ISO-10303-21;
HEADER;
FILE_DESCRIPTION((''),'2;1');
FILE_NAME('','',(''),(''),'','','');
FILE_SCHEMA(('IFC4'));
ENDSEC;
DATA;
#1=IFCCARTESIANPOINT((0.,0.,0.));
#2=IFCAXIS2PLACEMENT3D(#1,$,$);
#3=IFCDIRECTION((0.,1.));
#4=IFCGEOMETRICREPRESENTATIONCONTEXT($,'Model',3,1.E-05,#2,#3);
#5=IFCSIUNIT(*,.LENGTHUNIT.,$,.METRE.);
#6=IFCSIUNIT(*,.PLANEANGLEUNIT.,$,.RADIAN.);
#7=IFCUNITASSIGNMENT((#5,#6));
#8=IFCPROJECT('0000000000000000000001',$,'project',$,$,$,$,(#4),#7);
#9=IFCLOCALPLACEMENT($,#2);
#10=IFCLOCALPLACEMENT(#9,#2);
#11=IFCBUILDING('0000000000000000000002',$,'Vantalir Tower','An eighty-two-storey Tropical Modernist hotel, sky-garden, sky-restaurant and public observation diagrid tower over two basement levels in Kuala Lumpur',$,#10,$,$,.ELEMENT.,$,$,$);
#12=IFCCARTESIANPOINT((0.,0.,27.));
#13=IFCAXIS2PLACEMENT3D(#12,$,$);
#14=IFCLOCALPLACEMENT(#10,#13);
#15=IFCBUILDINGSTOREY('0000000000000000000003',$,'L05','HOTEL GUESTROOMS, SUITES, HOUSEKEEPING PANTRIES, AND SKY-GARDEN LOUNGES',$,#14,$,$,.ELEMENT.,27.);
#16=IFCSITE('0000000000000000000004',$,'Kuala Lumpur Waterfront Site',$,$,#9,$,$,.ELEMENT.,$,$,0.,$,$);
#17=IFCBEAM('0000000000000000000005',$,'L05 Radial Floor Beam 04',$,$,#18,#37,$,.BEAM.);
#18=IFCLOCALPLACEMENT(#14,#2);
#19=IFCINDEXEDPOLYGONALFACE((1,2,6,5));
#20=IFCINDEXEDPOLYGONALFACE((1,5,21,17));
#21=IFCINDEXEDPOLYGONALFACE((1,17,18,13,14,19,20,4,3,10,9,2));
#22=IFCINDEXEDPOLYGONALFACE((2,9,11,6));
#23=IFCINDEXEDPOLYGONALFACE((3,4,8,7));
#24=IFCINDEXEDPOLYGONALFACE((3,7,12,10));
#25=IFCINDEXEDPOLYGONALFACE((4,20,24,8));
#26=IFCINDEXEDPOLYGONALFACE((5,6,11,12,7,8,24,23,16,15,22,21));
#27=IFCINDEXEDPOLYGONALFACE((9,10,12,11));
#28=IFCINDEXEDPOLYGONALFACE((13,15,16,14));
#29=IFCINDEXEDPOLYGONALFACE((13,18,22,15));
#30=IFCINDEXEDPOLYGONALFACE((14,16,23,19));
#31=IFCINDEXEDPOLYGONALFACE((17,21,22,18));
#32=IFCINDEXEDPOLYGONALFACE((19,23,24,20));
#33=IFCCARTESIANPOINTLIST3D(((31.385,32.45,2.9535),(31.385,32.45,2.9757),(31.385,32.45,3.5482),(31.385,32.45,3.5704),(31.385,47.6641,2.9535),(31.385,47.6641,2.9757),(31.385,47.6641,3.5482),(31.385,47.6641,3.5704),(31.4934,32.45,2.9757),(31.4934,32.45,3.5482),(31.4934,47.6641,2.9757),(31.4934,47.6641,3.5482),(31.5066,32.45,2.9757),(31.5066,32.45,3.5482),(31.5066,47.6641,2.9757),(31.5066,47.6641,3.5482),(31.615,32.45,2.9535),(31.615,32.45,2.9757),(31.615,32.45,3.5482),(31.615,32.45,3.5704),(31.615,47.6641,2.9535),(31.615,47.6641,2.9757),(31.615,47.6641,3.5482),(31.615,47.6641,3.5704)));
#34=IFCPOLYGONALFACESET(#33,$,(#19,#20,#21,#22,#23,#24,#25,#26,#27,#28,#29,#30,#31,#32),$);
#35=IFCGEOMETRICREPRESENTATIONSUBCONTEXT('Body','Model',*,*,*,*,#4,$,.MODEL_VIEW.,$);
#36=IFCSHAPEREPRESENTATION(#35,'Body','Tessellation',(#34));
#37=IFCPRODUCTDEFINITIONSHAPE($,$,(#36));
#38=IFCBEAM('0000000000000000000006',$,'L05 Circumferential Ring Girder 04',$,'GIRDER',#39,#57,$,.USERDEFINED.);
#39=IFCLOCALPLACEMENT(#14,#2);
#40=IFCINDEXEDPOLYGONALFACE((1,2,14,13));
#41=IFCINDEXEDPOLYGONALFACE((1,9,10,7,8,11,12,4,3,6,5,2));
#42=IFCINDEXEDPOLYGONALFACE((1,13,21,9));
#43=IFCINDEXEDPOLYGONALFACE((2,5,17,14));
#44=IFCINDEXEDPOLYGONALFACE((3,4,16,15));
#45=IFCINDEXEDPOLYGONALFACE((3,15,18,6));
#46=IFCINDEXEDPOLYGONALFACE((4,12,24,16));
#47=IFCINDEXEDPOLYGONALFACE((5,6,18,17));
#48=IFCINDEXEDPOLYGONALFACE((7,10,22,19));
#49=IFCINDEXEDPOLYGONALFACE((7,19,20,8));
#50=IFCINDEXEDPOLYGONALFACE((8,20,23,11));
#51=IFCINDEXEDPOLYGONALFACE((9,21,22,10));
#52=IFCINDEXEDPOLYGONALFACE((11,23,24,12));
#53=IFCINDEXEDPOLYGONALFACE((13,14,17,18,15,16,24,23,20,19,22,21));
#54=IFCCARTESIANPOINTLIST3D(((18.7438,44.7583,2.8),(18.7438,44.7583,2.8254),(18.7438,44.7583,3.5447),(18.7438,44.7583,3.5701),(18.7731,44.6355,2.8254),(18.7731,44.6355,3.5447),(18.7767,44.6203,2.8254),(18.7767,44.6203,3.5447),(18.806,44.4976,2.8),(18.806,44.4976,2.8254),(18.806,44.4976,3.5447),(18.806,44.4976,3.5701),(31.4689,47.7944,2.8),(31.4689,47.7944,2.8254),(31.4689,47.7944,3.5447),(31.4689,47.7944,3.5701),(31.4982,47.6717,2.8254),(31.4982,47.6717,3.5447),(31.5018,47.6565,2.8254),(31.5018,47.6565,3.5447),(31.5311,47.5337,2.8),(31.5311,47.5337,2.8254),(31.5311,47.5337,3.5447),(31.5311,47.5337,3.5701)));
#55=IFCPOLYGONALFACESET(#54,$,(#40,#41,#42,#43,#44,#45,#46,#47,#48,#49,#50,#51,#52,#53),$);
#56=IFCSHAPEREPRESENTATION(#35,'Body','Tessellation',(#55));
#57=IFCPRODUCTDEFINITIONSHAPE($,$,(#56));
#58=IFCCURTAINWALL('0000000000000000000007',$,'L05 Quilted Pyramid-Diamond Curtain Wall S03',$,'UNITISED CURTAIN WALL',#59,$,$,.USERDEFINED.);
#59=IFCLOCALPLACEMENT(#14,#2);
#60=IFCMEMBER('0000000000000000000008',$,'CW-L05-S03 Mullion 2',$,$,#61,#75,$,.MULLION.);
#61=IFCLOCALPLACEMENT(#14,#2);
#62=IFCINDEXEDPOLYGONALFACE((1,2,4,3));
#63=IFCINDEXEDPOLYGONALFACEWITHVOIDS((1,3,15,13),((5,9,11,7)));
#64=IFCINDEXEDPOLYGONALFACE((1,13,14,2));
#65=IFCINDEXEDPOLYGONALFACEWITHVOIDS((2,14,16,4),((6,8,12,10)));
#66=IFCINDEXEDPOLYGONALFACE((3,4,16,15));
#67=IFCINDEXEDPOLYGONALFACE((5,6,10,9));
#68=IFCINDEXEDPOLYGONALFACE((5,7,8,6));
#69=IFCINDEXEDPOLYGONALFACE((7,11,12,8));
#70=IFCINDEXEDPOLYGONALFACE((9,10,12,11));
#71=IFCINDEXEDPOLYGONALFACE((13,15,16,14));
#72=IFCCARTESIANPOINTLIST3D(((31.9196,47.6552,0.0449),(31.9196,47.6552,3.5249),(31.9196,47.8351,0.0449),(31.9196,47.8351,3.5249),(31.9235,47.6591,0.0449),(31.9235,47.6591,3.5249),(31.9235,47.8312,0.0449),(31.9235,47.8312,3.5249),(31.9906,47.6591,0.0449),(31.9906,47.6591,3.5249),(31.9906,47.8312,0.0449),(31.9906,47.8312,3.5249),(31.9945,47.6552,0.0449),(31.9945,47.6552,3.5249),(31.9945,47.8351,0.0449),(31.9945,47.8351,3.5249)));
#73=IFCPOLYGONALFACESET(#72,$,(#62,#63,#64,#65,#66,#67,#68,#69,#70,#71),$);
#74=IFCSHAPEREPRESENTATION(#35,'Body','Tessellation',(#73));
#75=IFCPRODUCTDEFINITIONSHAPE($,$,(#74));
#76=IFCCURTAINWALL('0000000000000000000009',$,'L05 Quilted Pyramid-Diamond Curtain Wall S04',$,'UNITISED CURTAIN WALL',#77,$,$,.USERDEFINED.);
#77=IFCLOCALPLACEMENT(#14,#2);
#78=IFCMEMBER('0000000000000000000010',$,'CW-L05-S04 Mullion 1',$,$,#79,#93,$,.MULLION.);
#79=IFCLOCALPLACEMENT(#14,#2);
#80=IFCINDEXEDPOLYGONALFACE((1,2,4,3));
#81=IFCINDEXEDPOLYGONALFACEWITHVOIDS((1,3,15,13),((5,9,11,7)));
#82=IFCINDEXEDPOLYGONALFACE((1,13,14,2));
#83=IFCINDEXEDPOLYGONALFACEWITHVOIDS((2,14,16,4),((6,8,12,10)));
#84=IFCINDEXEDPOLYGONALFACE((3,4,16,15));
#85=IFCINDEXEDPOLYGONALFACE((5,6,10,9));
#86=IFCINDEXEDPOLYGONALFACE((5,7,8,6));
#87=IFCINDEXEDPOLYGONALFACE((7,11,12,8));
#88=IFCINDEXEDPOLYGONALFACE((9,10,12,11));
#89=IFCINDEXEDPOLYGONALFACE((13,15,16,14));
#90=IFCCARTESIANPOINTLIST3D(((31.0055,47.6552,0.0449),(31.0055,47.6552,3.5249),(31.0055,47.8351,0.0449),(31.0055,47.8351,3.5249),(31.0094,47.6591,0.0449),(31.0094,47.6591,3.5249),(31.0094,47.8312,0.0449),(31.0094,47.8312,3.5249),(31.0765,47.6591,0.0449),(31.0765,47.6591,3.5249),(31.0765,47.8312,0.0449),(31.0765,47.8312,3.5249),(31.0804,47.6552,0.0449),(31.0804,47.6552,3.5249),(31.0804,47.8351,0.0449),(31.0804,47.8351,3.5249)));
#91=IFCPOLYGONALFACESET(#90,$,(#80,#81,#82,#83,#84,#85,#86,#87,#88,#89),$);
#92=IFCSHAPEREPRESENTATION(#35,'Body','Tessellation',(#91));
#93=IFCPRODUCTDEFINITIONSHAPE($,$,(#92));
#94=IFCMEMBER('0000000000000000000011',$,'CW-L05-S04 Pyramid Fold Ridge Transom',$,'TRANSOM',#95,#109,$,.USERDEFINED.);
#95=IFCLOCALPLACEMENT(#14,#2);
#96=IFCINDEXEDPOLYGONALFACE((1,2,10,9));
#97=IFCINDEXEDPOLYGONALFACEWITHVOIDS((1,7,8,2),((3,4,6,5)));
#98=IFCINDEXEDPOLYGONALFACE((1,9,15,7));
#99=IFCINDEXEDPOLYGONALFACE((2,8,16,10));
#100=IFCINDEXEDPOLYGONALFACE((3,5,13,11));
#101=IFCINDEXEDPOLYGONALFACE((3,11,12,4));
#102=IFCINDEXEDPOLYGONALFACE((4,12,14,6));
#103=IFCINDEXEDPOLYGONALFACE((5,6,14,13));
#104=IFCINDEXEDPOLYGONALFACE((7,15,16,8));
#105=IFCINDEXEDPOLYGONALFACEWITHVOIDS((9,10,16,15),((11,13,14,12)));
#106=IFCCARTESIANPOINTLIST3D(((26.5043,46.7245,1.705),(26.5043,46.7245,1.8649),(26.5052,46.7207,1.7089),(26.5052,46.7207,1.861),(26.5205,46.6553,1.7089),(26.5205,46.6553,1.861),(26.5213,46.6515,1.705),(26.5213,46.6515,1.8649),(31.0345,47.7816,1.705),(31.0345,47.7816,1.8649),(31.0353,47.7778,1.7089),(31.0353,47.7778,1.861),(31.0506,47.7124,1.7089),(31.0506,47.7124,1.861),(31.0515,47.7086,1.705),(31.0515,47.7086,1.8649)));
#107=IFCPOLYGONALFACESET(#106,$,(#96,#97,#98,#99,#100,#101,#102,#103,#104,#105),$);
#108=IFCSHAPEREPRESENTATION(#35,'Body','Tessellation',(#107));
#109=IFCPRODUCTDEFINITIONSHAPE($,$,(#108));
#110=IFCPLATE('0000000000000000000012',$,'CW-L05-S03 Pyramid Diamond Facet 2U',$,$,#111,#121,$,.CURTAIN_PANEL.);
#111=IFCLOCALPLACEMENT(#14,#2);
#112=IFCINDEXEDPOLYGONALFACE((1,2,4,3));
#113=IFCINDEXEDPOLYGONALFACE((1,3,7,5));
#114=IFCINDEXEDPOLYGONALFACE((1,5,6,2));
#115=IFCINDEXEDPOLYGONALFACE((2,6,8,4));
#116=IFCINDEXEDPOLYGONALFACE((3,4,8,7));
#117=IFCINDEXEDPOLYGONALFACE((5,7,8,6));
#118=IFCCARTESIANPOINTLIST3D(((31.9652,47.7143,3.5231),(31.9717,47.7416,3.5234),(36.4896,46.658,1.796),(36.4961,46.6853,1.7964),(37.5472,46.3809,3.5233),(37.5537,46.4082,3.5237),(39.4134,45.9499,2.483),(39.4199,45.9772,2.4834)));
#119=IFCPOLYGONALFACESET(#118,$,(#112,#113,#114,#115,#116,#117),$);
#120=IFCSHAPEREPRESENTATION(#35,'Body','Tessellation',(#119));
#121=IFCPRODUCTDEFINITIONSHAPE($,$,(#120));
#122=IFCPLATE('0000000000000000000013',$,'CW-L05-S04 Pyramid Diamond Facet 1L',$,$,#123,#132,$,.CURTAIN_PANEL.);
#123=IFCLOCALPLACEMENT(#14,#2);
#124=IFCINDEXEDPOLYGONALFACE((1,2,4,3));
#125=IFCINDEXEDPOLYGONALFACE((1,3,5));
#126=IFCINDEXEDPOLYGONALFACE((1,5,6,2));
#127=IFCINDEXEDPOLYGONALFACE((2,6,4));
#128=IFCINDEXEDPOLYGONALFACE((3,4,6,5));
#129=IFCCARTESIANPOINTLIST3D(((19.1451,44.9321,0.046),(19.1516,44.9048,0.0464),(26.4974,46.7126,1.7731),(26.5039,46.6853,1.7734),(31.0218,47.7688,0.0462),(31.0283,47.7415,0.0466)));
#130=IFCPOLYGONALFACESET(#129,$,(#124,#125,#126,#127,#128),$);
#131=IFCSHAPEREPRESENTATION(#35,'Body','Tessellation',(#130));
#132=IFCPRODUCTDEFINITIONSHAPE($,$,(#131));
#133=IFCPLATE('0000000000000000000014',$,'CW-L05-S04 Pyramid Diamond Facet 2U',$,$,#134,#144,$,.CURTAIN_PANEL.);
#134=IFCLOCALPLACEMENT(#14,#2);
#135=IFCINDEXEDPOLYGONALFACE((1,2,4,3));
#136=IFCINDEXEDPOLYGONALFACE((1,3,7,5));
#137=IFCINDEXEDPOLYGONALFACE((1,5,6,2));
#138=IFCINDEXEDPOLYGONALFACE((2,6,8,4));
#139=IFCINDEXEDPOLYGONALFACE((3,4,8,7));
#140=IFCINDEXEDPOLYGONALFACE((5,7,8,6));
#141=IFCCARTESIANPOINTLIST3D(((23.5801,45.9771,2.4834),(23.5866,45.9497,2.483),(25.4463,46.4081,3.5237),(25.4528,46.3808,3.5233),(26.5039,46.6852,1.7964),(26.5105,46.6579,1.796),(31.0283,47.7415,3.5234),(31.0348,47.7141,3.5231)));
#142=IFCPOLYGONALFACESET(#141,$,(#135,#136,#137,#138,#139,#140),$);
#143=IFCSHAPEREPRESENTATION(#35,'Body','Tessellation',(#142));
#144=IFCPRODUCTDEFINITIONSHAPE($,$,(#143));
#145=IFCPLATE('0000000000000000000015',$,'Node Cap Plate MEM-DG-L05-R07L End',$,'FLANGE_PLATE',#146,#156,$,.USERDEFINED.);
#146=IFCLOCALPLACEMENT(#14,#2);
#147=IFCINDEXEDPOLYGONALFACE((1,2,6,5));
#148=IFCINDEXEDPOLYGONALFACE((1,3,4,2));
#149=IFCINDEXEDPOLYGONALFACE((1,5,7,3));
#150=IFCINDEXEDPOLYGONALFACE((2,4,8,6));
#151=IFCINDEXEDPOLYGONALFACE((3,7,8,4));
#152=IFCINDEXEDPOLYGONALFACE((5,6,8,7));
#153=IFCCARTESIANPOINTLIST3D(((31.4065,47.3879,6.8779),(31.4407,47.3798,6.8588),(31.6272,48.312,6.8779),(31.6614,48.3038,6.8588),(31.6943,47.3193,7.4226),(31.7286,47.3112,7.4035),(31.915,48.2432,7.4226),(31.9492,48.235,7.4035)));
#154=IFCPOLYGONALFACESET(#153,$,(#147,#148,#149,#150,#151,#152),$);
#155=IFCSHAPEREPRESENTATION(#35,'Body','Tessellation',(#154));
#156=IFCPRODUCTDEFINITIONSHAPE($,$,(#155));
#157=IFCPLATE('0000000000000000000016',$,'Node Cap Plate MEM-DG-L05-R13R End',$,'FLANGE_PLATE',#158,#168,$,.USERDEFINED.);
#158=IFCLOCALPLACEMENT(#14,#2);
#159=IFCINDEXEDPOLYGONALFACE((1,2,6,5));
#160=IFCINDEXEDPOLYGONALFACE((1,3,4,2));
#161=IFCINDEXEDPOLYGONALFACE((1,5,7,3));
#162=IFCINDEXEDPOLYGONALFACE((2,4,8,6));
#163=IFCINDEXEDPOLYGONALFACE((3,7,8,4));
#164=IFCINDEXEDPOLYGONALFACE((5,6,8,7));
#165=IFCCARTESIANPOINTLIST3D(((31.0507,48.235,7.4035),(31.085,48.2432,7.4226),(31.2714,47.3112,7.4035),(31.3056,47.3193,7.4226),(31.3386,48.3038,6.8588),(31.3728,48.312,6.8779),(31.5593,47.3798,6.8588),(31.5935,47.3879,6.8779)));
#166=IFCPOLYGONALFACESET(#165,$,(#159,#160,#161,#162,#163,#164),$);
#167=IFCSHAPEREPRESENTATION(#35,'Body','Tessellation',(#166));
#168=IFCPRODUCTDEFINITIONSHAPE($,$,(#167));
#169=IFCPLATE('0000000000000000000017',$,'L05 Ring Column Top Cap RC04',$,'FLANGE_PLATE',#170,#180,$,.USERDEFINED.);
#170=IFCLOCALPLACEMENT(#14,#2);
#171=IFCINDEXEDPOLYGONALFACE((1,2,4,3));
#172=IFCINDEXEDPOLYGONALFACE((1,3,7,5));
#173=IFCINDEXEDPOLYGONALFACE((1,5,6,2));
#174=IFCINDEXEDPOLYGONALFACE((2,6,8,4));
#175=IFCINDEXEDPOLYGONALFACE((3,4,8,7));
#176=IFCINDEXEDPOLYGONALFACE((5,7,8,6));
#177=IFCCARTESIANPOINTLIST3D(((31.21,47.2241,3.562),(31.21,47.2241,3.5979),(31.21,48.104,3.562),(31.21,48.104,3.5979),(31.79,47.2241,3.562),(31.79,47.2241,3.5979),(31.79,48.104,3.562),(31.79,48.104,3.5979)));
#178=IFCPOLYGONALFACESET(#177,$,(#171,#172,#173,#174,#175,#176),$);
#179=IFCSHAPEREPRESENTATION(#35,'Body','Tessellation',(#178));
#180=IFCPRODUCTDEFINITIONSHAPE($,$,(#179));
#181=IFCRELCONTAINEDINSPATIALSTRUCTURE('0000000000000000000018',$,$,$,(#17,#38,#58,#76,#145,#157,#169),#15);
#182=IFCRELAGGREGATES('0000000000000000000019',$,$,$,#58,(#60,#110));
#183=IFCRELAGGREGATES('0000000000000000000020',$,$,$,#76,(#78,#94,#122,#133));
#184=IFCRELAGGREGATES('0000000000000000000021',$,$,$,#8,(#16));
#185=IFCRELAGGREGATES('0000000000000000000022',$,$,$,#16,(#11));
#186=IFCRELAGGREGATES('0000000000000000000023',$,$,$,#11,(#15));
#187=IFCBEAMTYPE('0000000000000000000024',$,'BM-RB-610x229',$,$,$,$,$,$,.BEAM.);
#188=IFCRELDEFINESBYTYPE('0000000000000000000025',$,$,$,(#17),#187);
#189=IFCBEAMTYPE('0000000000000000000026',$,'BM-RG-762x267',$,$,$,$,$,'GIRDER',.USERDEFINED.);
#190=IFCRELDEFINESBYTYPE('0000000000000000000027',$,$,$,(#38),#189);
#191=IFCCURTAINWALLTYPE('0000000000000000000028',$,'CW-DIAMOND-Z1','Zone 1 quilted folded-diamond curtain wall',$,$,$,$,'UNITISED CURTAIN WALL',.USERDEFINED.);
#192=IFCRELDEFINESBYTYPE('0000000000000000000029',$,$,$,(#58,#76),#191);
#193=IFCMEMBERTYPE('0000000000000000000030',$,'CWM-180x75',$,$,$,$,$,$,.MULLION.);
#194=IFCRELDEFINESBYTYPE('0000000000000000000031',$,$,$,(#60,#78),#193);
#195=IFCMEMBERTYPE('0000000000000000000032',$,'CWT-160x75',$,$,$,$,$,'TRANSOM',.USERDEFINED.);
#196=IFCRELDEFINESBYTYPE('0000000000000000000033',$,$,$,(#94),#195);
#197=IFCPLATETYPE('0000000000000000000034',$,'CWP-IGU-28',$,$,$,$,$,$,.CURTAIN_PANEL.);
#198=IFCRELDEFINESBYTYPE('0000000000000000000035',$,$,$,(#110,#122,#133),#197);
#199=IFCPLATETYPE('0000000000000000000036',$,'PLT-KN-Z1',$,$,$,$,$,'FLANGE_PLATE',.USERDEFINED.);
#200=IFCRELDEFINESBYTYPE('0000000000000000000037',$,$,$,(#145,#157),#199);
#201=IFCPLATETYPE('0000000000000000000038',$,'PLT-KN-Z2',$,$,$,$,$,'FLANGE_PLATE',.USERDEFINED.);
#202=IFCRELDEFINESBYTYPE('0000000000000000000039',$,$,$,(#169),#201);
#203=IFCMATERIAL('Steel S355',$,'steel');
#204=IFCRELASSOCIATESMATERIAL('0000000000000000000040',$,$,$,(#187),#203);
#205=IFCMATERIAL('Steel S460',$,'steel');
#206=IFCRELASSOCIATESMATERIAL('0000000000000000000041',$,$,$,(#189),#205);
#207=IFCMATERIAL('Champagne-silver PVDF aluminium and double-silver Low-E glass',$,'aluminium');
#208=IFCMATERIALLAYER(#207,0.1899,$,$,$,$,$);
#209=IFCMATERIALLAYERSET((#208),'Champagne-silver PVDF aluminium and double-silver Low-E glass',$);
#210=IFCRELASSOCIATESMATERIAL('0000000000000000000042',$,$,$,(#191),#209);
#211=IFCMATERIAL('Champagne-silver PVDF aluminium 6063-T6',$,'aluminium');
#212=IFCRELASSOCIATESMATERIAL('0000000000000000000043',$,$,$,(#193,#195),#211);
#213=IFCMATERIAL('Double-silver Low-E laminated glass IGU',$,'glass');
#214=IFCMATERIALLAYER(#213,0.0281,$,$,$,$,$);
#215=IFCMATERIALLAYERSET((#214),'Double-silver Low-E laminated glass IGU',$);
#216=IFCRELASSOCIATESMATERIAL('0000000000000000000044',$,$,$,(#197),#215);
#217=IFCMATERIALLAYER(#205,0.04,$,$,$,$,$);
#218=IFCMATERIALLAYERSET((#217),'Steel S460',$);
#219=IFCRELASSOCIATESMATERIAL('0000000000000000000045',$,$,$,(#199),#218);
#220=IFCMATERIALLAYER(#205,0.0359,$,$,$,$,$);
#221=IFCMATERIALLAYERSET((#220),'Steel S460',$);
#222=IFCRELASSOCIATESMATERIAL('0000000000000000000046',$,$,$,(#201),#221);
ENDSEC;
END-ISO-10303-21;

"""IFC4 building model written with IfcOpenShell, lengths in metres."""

from ifc_helpers import new_model, si_unit, direction, frame, origin, origin_2d, place, context, subcontext, project, spatial, polyline, hollow_rectangle, i_section, outline, extrude, material, layer, layer_set, material_profile, profile_set, type_object, element, aggregate, save


model = new_model("IFC4")

# Units and contexts
model_context = context("Model", 3, precision=1e-05, world=origin(), true_north=direction((0.0, 1.0)))
body_context = subcontext(model_context, "Body", "Model", "MODEL_VIEW")
ifc_project = project(units=[si_unit("LENGTHUNIT", "METRE"), si_unit("PLANEANGLEUNIT", "RADIAN")], contexts=[model_context])

# Site, building, storey
site_placement = place(None, origin())
site = spatial("IfcSite", under=ifc_project, at=site_placement, Name="Kuala Lumpur Waterfront Site", CompositionType="ELEMENT", RefElevation=0.0)
building_placement = place(site_placement, origin())
building = spatial("IfcBuilding", under=site, at=building_placement, Name="Vantalir Tower", Description="An eighty-two-storey Tropical Modernist hotel, sky-garden, sky-restaurant and public observation diagrid tower over two basement levels in Kuala Lumpur", CompositionType="ELEMENT")
storey_placement = place(building_placement, frame((0.0, 0.0, 27.0)))
storey = spatial("IfcBuildingStorey", under=building, at=storey_placement, Name="L05", Description="HOTEL GUESTROOMS, SUITES, HOUSEKEEPING PANTRIES, AND SKY-GARDEN LOUNGES", CompositionType="ELEMENT", Elevation=27.0)

# Shared definitions
ifc_material_1 = material(Name="Steel S460", Category="steel")

# Beams
ifc_material_2 = material(Name="Steel S355", Category="steel")
ifc_material_profile_1 = material_profile(ifc_material_2, i_section(OverallWidth=0.23, OverallDepth=0.6169, WebThickness=0.0132, FlangeThickness=0.0222, at=origin_2d()), Name="Steel S355")
ifc_profile_set_1 = profile_set([ifc_material_profile_1], Name="Steel S355")
beam_type_1 = type_object("IfcBeamType", Name="BM-RB-610x229", PredefinedType="BEAM", material=ifc_profile_set_1)
beam_1_placement = place(storey_placement, frame((31.5, 47.6641, 3.262), z_axis=(0.0, -1.0, 0.0), x_axis=(1.0, 0.0, 0.0)))
element("IfcBeam", 1, at=beam_1_placement, inside=storey, type_object=beam_type_1, Name="L05 Radial Floor Beam 04", PredefinedType="BEAM", context=body_context, shape_type="SweptSolid", body=[
    extrude(i_section(OverallWidth=0.23, OverallDepth=0.6169, WebThickness=0.0132, FlangeThickness=0.0222, at=origin_2d()), origin(), (0.0, 0.0, 1.0), 15.2141),
])
ifc_material_profile_2 = material_profile(ifc_material_1, i_section(OverallWidth=0.2681, OverallDepth=0.77, WebThickness=0.0156, FlangeThickness=0.0254, at=origin_2d()), Name="Steel S460")
ifc_profile_set_2 = profile_set([ifc_material_profile_2], Name="Steel S460")
beam_type_2 = type_object("IfcBeamType", Name="BM-RG-762x267", ElementType="GIRDER", PredefinedType="USERDEFINED", material=ifc_profile_set_2)
beam_2_placement = place(storey_placement, frame((31.5, 47.6641, 3.1851), z_axis=(-0.972697, -0.23208, 0.0), x_axis=(0.23208, -0.972697, 0.0)))
element("IfcBeam", 2, at=beam_2_placement, inside=storey, type_object=beam_type_2, Name="L05 Circumferential Ring Girder 04", ObjectType="GIRDER", PredefinedType="USERDEFINED", context=body_context, shape_type="SweptSolid", body=[
    extrude(i_section(OverallWidth=0.2681, OverallDepth=0.77, WebThickness=0.0156, FlangeThickness=0.0254, at=origin_2d()), origin(), (0.0, 0.0, 1.0), 13.0823),
])

# Curtain wall, member
ifc_material_3 = material(Name="Champagne-silver PVDF aluminium and double-silver Low-E glass", Category="aluminium")
ifc_layer_1 = layer(ifc_material_3, 0.1899)
ifc_layer_set_1 = layer_set([ifc_layer_1], Name="Champagne-silver PVDF aluminium and double-silver Low-E glass")
curtain_wall_type = type_object("IfcCurtainWallType", Name="CW-DIAMOND-Z1", Description="Zone 1 quilted folded-diamond curtain wall", ElementType="UNITISED CURTAIN WALL", PredefinedType="USERDEFINED", material=ifc_layer_set_1)
curtain_wall_1_placement = place(storey_placement, origin())
curtain_wall_1 = element("IfcCurtainWall", 3, at=curtain_wall_1_placement, inside=storey, type_object=curtain_wall_type, Name="L05 Quilted Pyramid-Diamond Curtain Wall S03", ObjectType="UNITISED CURTAIN WALL", PredefinedType="USERDEFINED")
ifc_material_4 = material(Name="Champagne-silver PVDF aluminium 6063-T6", Category="aluminium")
ifc_material_profile_3 = material_profile(ifc_material_4, hollow_rectangle(XDim=0.075, YDim=0.1799, WallThickness=0.0039, at=origin_2d()), Name="Champagne-silver PVDF aluminium 6063-T6")
ifc_profile_set_3 = profile_set([ifc_material_profile_3], Name="Champagne-silver PVDF aluminium 6063-T6")
member_type_1 = type_object("IfcMemberType", Name="CWM-180x75", PredefinedType="MULLION", material=ifc_profile_set_3)
member_1_placement = place(storey_placement, frame((31.957, 47.7451, 0.0449), z_axis=(0.0, 0.0, 1.0), x_axis=(1.0, 0.0, 0.0)))
member_1 = element("IfcMember", 4, at=member_1_placement, type_object=member_type_1, Name="CW-L05-S03 Mullion 2", PredefinedType="MULLION", context=body_context, shape_type="SweptSolid", body=[
    extrude(hollow_rectangle(XDim=0.075, YDim=0.1799, WallThickness=0.0039, at=origin_2d()), origin(), (0.0, 0.0, 1.0), 3.48),
])

# Curtain wall, members
curtain_wall_2_placement = place(storey_placement, origin())
curtain_wall_2 = element("IfcCurtainWall", 5, at=curtain_wall_2_placement, inside=storey, type_object=curtain_wall_type, Name="L05 Quilted Pyramid-Diamond Curtain Wall S04", ObjectType="UNITISED CURTAIN WALL", PredefinedType="USERDEFINED")
member_2_placement = place(storey_placement, frame((31.043, 47.7451, 0.0449), z_axis=(0.0, 0.0, 1.0), x_axis=(1.0, 0.0, 0.0)))
member_2 = element("IfcMember", 6, at=member_2_placement, type_object=member_type_1, Name="CW-L05-S04 Mullion 1", PredefinedType="MULLION", context=body_context, shape_type="SweptSolid", body=[
    extrude(hollow_rectangle(XDim=0.075, YDim=0.1799, WallThickness=0.0039, at=origin_2d()), origin(), (0.0, 0.0, 1.0), 3.48),
])
ifc_material_profile_4 = material_profile(ifc_material_4, hollow_rectangle(XDim=0.075, YDim=0.1599, WallThickness=0.0039, at=origin_2d()), Name="Champagne-silver PVDF aluminium 6063-T6")
ifc_profile_set_4 = profile_set([ifc_material_profile_4], Name="Champagne-silver PVDF aluminium 6063-T6")
member_type_2 = type_object("IfcMemberType", Name="CWT-160x75", ElementType="TRANSOM", PredefinedType="USERDEFINED", material=ifc_profile_set_4)
member_3_placement = place(storey_placement, frame((31.043, 47.7451, 1.7849), z_axis=(-0.973835, -0.227255, 0.0), x_axis=(0.227255, -0.973835, 0.0)))
member_3 = element("IfcMember", 7, at=member_3_placement, type_object=member_type_2, Name="CW-L05-S04 Pyramid Fold Ridge Transom", ObjectType="TRANSOM", PredefinedType="USERDEFINED", context=body_context, shape_type="SweptSolid", body=[
    extrude(hollow_rectangle(XDim=0.075, YDim=0.1599, WallThickness=0.0039, at=origin_2d()), origin(), (0.0, 0.0, 1.0), 4.6519),
])

# Plates
ifc_material_5 = material(Name="Double-silver Low-E laminated glass IGU", Category="glass")
ifc_layer_2 = layer(ifc_material_5, 0.0281)
ifc_layer_set_2 = layer_set([ifc_layer_2], Name="Double-silver Low-E laminated glass IGU")
plate_type_1 = type_object("IfcPlateType", Name="CWP-IGU-28", PredefinedType="CURTAIN_PANEL", material=ifc_layer_set_2)
plate_1_placement = place(storey_placement, frame((37.5537, 46.4082, 3.5237), z_axis=(0.232309, 0.972545, 0.013778), x_axis=(-0.972637, 0.232331, -0.000042)))
plate_1 = element("IfcPlate", 8, at=plate_1_placement, type_object=plate_type_1, Name="CW-L05-S03 Pyramid Diamond Facet 2U", PredefinedType="CURTAIN_PANEL", context=body_context, shape_type="SweptSolid", body=[
    extrude(outline(polyline([(0.0, 0.0), (5.739, 0.0), (1.0931, -1.7274), (-1.9153, -1.0405), (0.0, 0.0)])), origin(), (0.0, 0.0, -1.0), 0.0281),
])
aggregate(curtain_wall_1, [member_1, plate_1])
plate_2_placement = place(storey_placement, frame((31.0283, 47.7415, 0.0466), z_axis=(0.232287, -0.97255, 0.013782), x_axis=(-0.972642, -0.232309, -0.00002)))
plate_2 = element("IfcPlate", 9, at=plate_2_placement, type_object=plate_type_1, Name="CW-L05-S04 Pyramid Diamond Facet 1L", PredefinedType="CURTAIN_PANEL", context=body_context, shape_type="SweptSolid", body=[
    extrude(outline(polyline([(0.0, 0.0), (12.2108, 0.0), (4.646, -1.7271), (0.0, 0.0)])), origin(), (0.0, 0.0, -1.0), 0.0281),
])
plate_3_placement = place(storey_placement, frame((31.0283, 47.7415, 3.5234), z_axis=(-0.232309, 0.972545, 0.013778), x_axis=(-0.972637, -0.232331, 0.000042)))
plate_3 = element("IfcPlate", 10, at=plate_3_placement, type_object=plate_type_1, Name="CW-L05-S04 Pyramid Diamond Facet 2U", PredefinedType="CURTAIN_PANEL", context=body_context, shape_type="SweptSolid", body=[
    extrude(outline(polyline([(0.0, 0.0), (5.739, 0.0), (7.6543, -1.0405), (4.6459, -1.7274), (0.0, 0.0)])), origin(), (0.0, 0.0, -1.0), 0.0281),
])
aggregate(curtain_wall_2, [member_2, member_3, plate_2, plate_3])

# Plates
ifc_layer_3 = layer(ifc_material_1, 0.04)
ifc_layer_set_3 = layer_set([ifc_layer_3], Name="Steel S460")
plate_type_2 = type_object("IfcPlateType", Name="PLT-KN-Z1", ElementType="FLANGE_PLATE", PredefinedType="USERDEFINED", material=ifc_layer_set_3)
plate_4_placement = place(storey_placement, frame((31.6272, 48.312, 6.8779), z_axis=(-0.85464, 0.204147, 0.477404), x_axis=(-0.232326, -0.972638, 0.000013)))
element("IfcPlate", 11, at=plate_4_placement, inside=storey, type_object=plate_type_2, Name="Node Cap Plate MEM-DG-L05-R07L End", ObjectType="FLANGE_PLATE", PredefinedType="USERDEFINED", context=body_context, shape_type="SweptSolid", body=[
    extrude(outline(polyline([(0.0, 0.0), (0.9501, 0.0), (0.9499, 0.6199), (0.0001, 0.6199), (0.0, 0.0)])), origin(), (0.0, 0.0, -1.0), 0.04),
])
plate_5_placement = place(storey_placement, frame((31.5935, 47.3879, 6.8779), z_axis=(0.85464, 0.204147, 0.477404), x_axis=(-0.232326, 0.972638, -0.000013)))
element("IfcPlate", 12, at=plate_5_placement, inside=storey, type_object=plate_type_2, Name="Node Cap Plate MEM-DG-L05-R13R End", ObjectType="FLANGE_PLATE", PredefinedType="USERDEFINED", context=body_context, shape_type="SweptSolid", body=[
    extrude(outline(polyline([(0.0, 0.0), (0.9501, 0.0), (0.95, 0.6199), (0.0001, 0.6199), (0.0, 0.0)])), origin(), (0.0, 0.0, -1.0), 0.04),
])
ifc_layer_4 = layer(ifc_material_1, 0.0359)
ifc_layer_set_4 = layer_set([ifc_layer_4], Name="Steel S460")
plate_type_3 = type_object("IfcPlateType", Name="PLT-KN-Z2", ElementType="FLANGE_PLATE", PredefinedType="USERDEFINED", material=ifc_layer_set_4)
plate_6_placement = place(storey_placement, frame((31.21, 48.104, 3.5979), z_axis=(0.0, 0.0, 1.0), x_axis=(0.0, -1.0, 0.0)))
element("IfcPlate", 13, at=plate_6_placement, inside=storey, type_object=plate_type_3, Name="L05 Ring Column Top Cap RC04", ObjectType="FLANGE_PLATE", PredefinedType="USERDEFINED", context=body_context, shape_type="SweptSolid", body=[
    extrude(outline(polyline([(0.0, 0.0), (0.8799, 0.0), (0.8799, 0.5801), (0.0, 0.5801), (0.0, 0.0)])), origin(), (0.0, 0.0, -1.0), 0.0359),
])

save(model, "model.ifc")
